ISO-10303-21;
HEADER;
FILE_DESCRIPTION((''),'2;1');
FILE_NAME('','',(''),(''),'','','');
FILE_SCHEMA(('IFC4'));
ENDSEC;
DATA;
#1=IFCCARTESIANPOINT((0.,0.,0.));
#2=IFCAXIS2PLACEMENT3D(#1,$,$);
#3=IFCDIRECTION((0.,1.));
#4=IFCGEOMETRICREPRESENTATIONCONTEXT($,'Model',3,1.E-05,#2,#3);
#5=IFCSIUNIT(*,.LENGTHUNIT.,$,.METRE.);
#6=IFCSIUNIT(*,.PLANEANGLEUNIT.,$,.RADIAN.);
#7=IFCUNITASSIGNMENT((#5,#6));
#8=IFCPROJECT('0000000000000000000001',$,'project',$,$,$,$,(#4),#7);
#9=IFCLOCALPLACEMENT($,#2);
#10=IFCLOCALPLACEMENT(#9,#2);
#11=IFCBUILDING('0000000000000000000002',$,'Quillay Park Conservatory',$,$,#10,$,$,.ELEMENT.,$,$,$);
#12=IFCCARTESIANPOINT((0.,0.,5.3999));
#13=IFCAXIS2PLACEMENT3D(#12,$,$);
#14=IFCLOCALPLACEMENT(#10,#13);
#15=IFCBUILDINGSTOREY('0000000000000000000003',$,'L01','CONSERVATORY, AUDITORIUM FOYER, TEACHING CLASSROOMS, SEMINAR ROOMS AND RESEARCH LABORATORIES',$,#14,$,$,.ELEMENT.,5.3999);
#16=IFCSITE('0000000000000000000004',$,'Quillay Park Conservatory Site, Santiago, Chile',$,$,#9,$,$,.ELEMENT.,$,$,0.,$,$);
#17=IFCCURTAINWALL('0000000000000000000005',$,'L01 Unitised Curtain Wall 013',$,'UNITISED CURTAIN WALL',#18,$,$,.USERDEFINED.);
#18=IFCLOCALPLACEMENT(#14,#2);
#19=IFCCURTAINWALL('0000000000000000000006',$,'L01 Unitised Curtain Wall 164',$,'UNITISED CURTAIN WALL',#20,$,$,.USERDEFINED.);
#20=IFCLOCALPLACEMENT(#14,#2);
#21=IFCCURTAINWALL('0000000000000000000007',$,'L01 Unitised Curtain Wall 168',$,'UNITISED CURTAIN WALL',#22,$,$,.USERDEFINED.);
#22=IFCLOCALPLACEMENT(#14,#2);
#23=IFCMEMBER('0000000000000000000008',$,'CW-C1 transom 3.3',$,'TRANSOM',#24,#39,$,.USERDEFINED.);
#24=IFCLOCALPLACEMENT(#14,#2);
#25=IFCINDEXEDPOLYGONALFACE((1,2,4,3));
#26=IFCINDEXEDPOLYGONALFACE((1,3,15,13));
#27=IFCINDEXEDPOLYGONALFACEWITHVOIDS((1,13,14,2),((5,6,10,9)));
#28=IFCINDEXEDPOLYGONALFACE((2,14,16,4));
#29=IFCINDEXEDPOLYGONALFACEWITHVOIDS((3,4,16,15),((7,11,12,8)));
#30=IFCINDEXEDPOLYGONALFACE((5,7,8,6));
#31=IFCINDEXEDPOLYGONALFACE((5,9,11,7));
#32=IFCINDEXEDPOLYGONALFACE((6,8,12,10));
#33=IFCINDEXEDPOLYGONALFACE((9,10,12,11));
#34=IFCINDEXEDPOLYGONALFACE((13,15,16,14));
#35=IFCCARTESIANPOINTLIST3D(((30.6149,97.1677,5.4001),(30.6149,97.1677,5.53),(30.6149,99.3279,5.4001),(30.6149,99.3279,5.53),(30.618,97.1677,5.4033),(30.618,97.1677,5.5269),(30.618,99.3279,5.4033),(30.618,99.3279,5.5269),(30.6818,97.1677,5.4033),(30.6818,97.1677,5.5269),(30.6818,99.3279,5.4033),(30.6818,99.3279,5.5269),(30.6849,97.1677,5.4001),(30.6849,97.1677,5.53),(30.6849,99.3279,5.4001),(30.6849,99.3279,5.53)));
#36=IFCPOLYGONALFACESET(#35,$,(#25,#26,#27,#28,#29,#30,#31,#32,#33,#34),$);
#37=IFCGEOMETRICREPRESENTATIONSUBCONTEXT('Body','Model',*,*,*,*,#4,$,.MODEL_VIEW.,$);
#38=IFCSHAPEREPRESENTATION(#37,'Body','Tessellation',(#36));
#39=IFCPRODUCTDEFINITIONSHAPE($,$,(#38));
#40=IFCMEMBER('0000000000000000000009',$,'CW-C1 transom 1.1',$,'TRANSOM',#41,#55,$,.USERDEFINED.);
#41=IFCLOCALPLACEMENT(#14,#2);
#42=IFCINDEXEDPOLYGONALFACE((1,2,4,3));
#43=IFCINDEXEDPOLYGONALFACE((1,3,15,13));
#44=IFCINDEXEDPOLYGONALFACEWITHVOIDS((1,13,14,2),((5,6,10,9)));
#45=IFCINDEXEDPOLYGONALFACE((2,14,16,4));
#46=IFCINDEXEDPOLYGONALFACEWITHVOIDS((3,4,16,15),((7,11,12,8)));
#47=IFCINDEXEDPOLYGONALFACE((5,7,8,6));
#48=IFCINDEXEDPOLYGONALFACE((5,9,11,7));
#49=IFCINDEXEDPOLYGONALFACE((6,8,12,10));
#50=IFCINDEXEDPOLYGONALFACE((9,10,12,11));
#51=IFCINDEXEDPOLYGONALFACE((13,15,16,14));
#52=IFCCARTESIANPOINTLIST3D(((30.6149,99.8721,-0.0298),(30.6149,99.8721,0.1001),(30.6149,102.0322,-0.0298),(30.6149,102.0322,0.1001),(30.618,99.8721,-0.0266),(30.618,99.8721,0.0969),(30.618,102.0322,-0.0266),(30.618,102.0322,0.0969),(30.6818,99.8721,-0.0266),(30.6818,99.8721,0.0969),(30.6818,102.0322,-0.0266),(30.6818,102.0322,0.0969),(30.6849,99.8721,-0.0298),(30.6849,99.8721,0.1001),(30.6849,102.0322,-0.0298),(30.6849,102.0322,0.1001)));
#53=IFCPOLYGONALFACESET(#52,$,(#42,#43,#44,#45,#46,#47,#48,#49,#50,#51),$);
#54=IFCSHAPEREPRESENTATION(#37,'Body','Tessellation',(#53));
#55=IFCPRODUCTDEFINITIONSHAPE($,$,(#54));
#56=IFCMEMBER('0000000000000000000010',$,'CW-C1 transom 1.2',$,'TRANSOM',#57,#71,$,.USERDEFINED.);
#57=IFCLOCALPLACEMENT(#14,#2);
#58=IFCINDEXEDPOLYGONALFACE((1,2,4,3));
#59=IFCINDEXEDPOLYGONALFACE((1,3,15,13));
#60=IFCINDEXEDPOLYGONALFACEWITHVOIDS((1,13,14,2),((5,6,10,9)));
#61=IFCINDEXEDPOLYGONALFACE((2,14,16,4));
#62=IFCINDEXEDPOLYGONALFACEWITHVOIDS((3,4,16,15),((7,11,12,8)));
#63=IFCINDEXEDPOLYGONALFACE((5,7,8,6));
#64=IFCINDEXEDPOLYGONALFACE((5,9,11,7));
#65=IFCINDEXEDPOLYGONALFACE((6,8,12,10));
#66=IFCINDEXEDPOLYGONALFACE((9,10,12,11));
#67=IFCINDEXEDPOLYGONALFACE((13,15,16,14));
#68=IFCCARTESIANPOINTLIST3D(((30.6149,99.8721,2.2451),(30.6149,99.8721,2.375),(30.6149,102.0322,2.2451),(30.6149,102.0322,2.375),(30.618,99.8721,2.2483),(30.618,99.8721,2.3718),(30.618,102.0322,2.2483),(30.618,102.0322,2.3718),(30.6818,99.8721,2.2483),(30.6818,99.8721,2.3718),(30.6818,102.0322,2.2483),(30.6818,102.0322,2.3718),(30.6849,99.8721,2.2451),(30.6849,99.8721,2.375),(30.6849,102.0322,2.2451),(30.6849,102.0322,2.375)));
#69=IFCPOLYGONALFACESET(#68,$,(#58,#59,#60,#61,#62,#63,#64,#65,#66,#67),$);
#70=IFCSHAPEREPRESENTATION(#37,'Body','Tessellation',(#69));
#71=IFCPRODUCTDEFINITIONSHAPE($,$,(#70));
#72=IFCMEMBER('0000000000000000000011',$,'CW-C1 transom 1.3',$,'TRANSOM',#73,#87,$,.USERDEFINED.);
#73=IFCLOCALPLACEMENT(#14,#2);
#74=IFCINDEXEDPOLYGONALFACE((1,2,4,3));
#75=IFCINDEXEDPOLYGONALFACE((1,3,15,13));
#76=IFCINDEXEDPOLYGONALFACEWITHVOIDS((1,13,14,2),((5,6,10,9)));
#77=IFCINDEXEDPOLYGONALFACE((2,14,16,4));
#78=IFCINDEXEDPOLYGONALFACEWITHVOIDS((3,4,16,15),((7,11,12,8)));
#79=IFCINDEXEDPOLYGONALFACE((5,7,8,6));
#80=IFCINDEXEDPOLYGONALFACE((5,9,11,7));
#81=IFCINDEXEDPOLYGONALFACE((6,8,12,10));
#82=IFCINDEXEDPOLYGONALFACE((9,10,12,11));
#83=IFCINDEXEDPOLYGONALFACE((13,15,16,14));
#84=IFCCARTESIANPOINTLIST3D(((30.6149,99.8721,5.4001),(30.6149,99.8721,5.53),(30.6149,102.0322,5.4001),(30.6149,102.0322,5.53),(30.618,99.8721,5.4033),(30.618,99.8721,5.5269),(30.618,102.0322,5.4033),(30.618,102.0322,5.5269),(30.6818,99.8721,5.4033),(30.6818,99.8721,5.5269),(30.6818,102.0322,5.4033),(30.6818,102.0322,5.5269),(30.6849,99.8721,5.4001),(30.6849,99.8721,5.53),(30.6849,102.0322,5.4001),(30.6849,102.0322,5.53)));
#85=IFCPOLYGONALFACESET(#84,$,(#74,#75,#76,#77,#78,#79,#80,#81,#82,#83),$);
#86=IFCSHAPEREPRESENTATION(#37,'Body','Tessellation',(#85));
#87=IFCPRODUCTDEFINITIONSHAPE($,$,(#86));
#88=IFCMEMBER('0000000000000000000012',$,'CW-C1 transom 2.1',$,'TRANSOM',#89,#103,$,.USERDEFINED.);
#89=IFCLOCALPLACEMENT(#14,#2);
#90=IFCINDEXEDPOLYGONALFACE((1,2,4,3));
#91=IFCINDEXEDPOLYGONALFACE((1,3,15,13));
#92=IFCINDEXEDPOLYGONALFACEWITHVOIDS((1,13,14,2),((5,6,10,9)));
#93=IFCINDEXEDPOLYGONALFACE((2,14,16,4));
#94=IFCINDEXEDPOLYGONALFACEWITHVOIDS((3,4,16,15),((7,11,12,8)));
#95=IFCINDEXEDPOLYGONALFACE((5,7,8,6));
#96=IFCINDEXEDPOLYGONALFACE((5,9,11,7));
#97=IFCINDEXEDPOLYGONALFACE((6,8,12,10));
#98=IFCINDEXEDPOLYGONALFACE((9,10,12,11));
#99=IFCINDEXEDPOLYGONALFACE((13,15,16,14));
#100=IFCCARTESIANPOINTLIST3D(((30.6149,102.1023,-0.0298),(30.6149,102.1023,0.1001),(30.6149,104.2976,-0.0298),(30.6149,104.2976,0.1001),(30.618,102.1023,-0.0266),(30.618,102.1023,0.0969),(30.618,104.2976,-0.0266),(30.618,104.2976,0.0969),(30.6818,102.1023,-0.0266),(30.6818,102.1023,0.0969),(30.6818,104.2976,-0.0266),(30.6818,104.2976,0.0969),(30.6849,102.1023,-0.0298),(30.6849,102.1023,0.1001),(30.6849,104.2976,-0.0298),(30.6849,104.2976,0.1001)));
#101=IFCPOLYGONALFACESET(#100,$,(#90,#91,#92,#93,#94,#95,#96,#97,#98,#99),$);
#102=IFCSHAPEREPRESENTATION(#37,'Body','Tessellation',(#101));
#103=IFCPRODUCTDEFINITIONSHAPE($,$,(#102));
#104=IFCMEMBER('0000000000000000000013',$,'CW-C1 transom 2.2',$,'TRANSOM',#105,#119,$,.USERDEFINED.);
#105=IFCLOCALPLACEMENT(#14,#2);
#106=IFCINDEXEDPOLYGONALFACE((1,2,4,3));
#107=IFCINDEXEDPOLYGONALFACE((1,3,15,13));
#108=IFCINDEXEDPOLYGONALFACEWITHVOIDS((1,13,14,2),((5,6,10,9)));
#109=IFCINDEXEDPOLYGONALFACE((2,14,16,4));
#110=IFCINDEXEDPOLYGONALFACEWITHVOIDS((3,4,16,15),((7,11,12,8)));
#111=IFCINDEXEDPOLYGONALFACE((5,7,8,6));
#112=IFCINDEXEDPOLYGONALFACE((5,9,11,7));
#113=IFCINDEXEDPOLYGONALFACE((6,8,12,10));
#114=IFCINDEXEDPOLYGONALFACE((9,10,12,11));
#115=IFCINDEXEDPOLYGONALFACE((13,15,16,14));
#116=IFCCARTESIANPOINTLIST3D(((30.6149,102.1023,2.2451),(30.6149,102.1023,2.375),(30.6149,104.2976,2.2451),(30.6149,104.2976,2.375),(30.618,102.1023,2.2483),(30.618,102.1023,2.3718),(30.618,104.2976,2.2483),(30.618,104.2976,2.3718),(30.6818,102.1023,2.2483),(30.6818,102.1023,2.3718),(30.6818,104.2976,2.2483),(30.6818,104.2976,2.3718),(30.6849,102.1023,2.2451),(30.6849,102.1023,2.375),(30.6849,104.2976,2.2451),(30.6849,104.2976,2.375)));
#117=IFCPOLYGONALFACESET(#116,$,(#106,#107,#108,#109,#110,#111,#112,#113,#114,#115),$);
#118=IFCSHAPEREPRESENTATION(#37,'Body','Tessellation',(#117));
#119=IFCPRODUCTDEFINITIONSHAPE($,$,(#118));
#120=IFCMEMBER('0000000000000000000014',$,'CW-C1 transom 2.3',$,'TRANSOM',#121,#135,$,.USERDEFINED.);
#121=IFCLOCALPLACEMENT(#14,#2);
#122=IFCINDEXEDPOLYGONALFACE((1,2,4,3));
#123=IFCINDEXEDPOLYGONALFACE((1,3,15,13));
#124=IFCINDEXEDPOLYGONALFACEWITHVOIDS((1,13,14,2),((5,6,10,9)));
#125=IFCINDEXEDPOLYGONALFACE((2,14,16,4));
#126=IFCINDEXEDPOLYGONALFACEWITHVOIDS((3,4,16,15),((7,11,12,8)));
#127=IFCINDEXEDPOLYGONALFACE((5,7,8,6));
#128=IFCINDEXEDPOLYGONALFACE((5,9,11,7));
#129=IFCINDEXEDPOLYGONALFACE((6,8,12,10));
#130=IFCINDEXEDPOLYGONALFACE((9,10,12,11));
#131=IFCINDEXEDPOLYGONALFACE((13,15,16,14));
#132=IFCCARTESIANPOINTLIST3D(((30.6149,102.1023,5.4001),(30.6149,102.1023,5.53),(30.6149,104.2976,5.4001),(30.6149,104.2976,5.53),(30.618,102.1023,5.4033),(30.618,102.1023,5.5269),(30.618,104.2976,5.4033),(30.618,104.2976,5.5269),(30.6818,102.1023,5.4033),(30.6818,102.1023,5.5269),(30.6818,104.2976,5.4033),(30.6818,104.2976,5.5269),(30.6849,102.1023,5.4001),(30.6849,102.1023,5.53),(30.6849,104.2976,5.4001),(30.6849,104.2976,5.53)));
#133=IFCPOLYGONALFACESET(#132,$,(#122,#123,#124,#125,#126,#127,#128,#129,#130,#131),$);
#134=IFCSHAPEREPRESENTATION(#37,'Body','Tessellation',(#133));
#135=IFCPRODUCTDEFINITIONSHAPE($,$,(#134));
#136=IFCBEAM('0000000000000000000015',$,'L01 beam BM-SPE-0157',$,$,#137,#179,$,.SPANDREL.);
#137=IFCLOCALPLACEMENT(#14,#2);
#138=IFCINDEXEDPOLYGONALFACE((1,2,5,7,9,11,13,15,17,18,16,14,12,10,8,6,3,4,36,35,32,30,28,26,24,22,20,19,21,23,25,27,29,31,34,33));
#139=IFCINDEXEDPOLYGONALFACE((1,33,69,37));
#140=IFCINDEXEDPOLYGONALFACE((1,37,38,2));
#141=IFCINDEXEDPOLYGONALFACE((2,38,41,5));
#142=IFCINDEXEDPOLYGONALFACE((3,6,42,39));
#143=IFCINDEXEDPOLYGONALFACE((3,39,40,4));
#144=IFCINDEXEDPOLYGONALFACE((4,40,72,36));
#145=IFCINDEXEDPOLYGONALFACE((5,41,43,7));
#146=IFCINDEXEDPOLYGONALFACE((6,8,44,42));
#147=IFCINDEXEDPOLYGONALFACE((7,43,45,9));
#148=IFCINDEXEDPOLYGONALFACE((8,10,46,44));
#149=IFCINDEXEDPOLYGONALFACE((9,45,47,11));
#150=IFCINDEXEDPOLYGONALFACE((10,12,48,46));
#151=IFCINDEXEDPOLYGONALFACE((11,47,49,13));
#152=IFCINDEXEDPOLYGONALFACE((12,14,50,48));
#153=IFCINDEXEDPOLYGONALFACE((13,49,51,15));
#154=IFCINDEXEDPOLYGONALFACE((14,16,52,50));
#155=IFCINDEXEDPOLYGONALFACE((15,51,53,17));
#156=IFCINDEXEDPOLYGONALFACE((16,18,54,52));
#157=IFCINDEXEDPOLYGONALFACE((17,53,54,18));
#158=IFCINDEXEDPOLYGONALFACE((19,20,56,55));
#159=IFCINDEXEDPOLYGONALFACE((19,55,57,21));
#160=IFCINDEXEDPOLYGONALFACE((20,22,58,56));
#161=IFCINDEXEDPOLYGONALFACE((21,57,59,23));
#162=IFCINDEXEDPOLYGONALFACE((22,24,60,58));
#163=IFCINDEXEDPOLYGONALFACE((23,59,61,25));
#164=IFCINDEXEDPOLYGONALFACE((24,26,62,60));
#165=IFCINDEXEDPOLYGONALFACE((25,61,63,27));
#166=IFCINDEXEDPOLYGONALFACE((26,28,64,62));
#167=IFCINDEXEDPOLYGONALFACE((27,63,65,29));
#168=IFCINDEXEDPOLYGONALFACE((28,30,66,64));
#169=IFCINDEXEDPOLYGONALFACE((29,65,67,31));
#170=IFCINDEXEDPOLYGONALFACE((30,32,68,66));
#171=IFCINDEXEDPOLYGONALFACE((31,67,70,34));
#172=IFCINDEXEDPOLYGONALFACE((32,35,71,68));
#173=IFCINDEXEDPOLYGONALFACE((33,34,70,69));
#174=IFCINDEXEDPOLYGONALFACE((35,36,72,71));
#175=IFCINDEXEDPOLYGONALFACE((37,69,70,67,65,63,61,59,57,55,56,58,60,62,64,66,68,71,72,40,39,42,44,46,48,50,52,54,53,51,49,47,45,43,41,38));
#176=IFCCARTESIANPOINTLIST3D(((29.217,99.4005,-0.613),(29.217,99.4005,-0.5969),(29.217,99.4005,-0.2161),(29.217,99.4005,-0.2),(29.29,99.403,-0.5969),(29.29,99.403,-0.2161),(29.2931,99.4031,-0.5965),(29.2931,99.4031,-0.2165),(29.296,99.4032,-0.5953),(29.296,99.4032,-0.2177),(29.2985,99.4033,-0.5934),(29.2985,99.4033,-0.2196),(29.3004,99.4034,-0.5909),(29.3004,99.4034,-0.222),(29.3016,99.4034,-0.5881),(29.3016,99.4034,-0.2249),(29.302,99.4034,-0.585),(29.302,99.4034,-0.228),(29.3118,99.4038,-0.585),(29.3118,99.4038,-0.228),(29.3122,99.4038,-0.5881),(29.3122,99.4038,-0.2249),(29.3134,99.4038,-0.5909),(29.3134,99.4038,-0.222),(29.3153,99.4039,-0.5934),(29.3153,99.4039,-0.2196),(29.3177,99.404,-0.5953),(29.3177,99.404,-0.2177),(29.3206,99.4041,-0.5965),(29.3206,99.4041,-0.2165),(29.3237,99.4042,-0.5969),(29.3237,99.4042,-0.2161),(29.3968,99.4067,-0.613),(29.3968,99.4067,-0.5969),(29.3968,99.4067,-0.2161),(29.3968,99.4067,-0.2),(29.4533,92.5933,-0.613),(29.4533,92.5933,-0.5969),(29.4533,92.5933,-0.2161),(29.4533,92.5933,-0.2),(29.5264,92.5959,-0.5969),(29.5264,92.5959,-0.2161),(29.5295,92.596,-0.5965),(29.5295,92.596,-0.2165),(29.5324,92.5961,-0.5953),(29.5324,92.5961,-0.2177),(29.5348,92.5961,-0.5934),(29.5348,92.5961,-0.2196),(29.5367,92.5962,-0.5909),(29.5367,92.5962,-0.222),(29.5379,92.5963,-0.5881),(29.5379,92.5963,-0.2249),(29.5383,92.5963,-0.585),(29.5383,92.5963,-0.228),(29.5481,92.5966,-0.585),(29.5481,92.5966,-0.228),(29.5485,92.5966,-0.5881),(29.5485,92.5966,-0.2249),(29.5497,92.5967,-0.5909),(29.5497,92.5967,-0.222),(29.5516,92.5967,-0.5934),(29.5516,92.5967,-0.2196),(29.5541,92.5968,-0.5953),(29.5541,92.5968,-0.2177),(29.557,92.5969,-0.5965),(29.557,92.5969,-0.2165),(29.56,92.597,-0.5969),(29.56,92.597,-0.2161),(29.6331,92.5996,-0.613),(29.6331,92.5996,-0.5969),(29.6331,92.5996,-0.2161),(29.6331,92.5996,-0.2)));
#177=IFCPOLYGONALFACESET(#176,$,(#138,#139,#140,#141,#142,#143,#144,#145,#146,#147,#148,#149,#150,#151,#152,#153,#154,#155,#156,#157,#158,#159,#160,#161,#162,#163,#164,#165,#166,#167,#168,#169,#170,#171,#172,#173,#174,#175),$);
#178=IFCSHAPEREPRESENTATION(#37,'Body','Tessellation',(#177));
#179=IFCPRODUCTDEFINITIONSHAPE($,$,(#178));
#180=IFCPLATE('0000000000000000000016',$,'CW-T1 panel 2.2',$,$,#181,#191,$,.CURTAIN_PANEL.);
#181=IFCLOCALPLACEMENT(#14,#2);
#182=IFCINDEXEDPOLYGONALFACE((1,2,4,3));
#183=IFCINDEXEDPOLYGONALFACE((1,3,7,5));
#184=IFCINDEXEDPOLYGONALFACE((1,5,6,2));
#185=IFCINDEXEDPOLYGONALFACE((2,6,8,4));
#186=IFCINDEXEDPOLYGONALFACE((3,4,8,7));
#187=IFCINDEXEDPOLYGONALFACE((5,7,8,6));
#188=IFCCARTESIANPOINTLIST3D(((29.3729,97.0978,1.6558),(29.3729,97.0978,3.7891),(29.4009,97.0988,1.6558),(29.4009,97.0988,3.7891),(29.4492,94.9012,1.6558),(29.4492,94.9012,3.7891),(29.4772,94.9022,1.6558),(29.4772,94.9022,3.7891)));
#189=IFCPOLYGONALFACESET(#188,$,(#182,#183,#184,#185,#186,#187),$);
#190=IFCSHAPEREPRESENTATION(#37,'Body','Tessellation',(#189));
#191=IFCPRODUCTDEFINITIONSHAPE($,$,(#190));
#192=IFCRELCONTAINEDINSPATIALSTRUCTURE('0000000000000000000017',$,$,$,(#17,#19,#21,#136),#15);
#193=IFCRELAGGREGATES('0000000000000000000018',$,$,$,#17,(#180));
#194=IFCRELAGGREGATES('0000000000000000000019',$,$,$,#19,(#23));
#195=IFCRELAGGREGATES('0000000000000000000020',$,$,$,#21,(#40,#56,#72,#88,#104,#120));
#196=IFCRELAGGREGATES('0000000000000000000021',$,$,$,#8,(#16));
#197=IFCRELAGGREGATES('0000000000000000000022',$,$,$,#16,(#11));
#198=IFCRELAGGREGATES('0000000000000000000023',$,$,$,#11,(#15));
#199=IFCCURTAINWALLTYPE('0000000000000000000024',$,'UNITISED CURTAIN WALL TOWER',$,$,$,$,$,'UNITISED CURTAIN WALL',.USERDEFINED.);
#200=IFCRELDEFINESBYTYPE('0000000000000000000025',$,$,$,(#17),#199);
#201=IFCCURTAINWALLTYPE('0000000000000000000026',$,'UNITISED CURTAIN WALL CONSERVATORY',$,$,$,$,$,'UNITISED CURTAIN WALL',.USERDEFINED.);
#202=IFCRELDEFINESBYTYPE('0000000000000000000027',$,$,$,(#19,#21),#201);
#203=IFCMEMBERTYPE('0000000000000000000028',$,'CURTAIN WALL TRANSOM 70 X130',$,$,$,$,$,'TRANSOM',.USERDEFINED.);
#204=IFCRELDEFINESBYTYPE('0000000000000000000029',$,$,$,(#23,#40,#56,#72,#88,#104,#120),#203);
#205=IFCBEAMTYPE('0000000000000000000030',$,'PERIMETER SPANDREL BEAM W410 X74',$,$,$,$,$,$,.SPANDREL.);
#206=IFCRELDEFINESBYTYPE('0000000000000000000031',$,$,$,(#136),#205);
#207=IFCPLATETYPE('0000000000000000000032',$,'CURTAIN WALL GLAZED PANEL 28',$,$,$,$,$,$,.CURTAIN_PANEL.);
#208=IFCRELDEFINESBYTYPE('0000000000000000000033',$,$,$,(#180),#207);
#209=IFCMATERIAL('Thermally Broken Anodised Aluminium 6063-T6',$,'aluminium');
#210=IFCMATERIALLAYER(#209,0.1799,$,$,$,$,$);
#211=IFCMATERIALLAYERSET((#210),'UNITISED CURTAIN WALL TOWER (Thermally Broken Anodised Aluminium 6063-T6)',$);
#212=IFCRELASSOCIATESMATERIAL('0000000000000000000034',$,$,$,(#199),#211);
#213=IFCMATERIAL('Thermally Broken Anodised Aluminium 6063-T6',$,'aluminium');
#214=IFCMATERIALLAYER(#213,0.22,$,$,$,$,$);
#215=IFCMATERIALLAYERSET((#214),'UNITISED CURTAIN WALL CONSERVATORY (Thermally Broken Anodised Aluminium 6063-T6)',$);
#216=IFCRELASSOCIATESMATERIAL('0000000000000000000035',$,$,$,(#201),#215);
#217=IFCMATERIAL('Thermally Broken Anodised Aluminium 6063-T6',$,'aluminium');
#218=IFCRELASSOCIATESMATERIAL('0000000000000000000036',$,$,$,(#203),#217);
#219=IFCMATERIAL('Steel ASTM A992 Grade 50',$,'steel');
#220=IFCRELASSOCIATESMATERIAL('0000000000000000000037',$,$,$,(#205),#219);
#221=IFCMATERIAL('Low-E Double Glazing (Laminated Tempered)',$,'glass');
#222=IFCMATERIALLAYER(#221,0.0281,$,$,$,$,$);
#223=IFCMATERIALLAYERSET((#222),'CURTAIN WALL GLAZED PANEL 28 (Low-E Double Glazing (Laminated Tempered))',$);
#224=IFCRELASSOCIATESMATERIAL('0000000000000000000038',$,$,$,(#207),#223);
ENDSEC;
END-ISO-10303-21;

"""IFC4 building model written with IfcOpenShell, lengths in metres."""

from ifc_helpers import new_model, si_unit, direction, frame, origin, origin_2d, place, context, subcontext, project, spatial, rectangle, hollow_rectangle, i_section, extrude, material, layer, layer_set, material_profile, profile_set, type_object, element, aggregate, save


model = new_model("IFC4")

# Units and contexts
model_context = context("Model", 3, precision=1e-05, world=origin(), true_north=direction((0.0, 1.0)))
body_context = subcontext(model_context, "Body", "Model", "MODEL_VIEW")
ifc_project = project(units=[si_unit("LENGTHUNIT", "METRE"), si_unit("PLANEANGLEUNIT", "RADIAN")], contexts=[model_context])

# Site, building, storey
site_placement = place(None, origin())
site = spatial("IfcSite", under=ifc_project, at=site_placement, Name="Quillay Park Conservatory Site, Santiago, Chile", CompositionType="ELEMENT", RefElevation=0.0)
building_placement = place(site_placement, origin())
building = spatial("IfcBuilding", under=site, at=building_placement, Name="Quillay Park Conservatory", CompositionType="ELEMENT")
storey_placement = place(building_placement, frame((0.0, 0.0, 5.3999)))
storey = spatial("IfcBuildingStorey", under=building, at=storey_placement, Name="L01", Description="CONSERVATORY, AUDITORIUM FOYER, TEACHING CLASSROOMS, SEMINAR ROOMS AND RESEARCH LABORATORIES", CompositionType="ELEMENT", Elevation=5.3999)

# Curtain walls
ifc_material_1 = material(Name="Thermally Broken Anodised Aluminium 6063-T6", Category="aluminium")
ifc_layer_1 = layer(ifc_material_1, 0.1799)
ifc_layer_set_1 = layer_set([ifc_layer_1], Name="UNITISED CURTAIN WALL TOWER (Thermally Broken Anodised Aluminium 6063-T6)")
curtain_wall_type_1 = type_object("IfcCurtainWallType", Name="UNITISED CURTAIN WALL TOWER", ElementType="UNITISED CURTAIN WALL", PredefinedType="USERDEFINED", material=ifc_layer_set_1)
curtain_wall_1_placement = place(storey_placement, origin())
curtain_wall_1 = element("IfcCurtainWall", 1, at=curtain_wall_1_placement, inside=storey, type_object=curtain_wall_type_1, Name="L01 Unitised Curtain Wall 013", ObjectType="UNITISED CURTAIN WALL", PredefinedType="USERDEFINED")
ifc_material_2 = material(Name="Thermally Broken Anodised Aluminium 6063-T6", Category="aluminium")
ifc_layer_2 = layer(ifc_material_2, 0.22)
ifc_layer_set_2 = layer_set([ifc_layer_2], Name="UNITISED CURTAIN WALL CONSERVATORY (Thermally Broken Anodised Aluminium 6063-T6)")
curtain_wall_type_2 = type_object("IfcCurtainWallType", Name="UNITISED CURTAIN WALL CONSERVATORY", ElementType="UNITISED CURTAIN WALL", PredefinedType="USERDEFINED", material=ifc_layer_set_2)
curtain_wall_2_placement = place(storey_placement, origin())
curtain_wall_2 = element("IfcCurtainWall", 2, at=curtain_wall_2_placement, inside=storey, type_object=curtain_wall_type_2, Name="L01 Unitised Curtain Wall 164", ObjectType="UNITISED CURTAIN WALL", PredefinedType="USERDEFINED")
curtain_wall_3_placement = place(storey_placement, origin())
curtain_wall_3 = element("IfcCurtainWall", 3, at=curtain_wall_3_placement, inside=storey, type_object=curtain_wall_type_2, Name="L01 Unitised Curtain Wall 168", ObjectType="UNITISED CURTAIN WALL", PredefinedType="USERDEFINED")

# Members
ifc_material_3 = material(Name="Thermally Broken Anodised Aluminium 6063-T6", Category="aluminium")
ifc_material_profile_1 = material_profile(ifc_material_3, hollow_rectangle(XDim=0.0701, YDim=0.1299, WallThickness=0.0032, at=origin_2d()), Name="AL70x130x3.2")
ifc_profile_set_1 = profile_set([ifc_material_profile_1], Name="Thermally Broken Anodised Aluminium 6063-T6")
member_type_1 = type_object("IfcMemberType", Name="CURTAIN WALL TRANSOM 70 X130", ElementType="TRANSOM", PredefinedType="USERDEFINED", material=ifc_profile_set_1)
member_1_placement = place(storey_placement, frame((30.6499, 97.1677, 5.4651), z_axis=(0.0, 1.0, 0.0), x_axis=(-1.0, 0.0, 0.0)))
member_1 = element("IfcMember", 4, at=member_1_placement, type_object=member_type_1, Name="CW-C1 transom 3.3", ObjectType="TRANSOM", PredefinedType="USERDEFINED", context=body_context, shape_type="SweptSolid", body=[
    extrude(hollow_rectangle(XDim=0.0701, YDim=0.1299, WallThickness=0.0032, at=origin_2d()), origin(), (0.0, 0.0, 1.0), 2.1602),
])
member_2_placement = place(storey_placement, frame((30.6499, 99.8721, 0.0352), z_axis=(0.0, 1.0, 0.0), x_axis=(-1.0, 0.0, 0.0)))
member_2 = element("IfcMember", 5, at=member_2_placement, type_object=member_type_1, Name="CW-C1 transom 1.1", ObjectType="TRANSOM", PredefinedType="USERDEFINED", context=body_context, shape_type="SweptSolid", body=[
    extrude(hollow_rectangle(XDim=0.0701, YDim=0.1299, WallThickness=0.0032, at=origin_2d()), origin(), (0.0, 0.0, 1.0), 2.1602),
])
member_3_placement = place(storey_placement, frame((30.6499, 99.8721, 2.3101), z_axis=(0.0, 1.0, 0.0), x_axis=(-1.0, 0.0, 0.0)))
member_3 = element("IfcMember", 6, at=member_3_placement, type_object=member_type_1, Name="CW-C1 transom 1.2", ObjectType="TRANSOM", PredefinedType="USERDEFINED", context=body_context, shape_type="SweptSolid", body=[
    extrude(hollow_rectangle(XDim=0.0701, YDim=0.1299, WallThickness=0.0032, at=origin_2d()), origin(), (0.0, 0.0, 1.0), 2.1602),
])
member_4_placement = place(storey_placement, frame((30.6499, 99.8721, 5.4651), z_axis=(0.0, 1.0, 0.0), x_axis=(-1.0, 0.0, 0.0)))
member_4 = element("IfcMember", 7, at=member_4_placement, type_object=member_type_1, Name="CW-C1 transom 1.3", ObjectType="TRANSOM", PredefinedType="USERDEFINED", context=body_context, shape_type="SweptSolid", body=[
    extrude(hollow_rectangle(XDim=0.0701, YDim=0.1299, WallThickness=0.0032, at=origin_2d()), origin(), (0.0, 0.0, 1.0), 2.1602),
])
member_5_placement = place(storey_placement, frame((30.6499, 102.1023, 0.0352), z_axis=(0.0, 1.0, 0.0), x_axis=(-1.0, 0.0, 0.0)))
member_5 = element("IfcMember", 8, at=member_5_placement, type_object=member_type_1, Name="CW-C1 transom 2.1", ObjectType="TRANSOM", PredefinedType="USERDEFINED", context=body_context, shape_type="SweptSolid", body=[
    extrude(hollow_rectangle(XDim=0.0701, YDim=0.1299, WallThickness=0.0032, at=origin_2d()), origin(), (0.0, 0.0, 1.0), 2.1953),
])
member_6_placement = place(storey_placement, frame((30.6499, 102.1023, 2.3101), z_axis=(0.0, 1.0, 0.0), x_axis=(-1.0, 0.0, 0.0)))
member_6 = element("IfcMember", 9, at=member_6_placement, type_object=member_type_1, Name="CW-C1 transom 2.2", ObjectType="TRANSOM", PredefinedType="USERDEFINED", context=body_context, shape_type="SweptSolid", body=[
    extrude(hollow_rectangle(XDim=0.0701, YDim=0.1299, WallThickness=0.0032, at=origin_2d()), origin(), (0.0, 0.0, 1.0), 2.1953),
])
member_7_placement = place(storey_placement, frame((30.6499, 102.1023, 5.4651), z_axis=(0.0, 1.0, 0.0), x_axis=(-1.0, 0.0, 0.0)))
member_7 = element("IfcMember", 10, at=member_7_placement, type_object=member_type_1, Name="CW-C1 transom 2.3", ObjectType="TRANSOM", PredefinedType="USERDEFINED", context=body_context, shape_type="SweptSolid", body=[
    extrude(hollow_rectangle(XDim=0.0701, YDim=0.1299, WallThickness=0.0032, at=origin_2d()), origin(), (0.0, 0.0, 1.0), 2.1953),
])

# Beam
ifc_material_4 = material(Name="Steel ASTM A992 Grade 50", Category="steel")
ifc_material_profile_2 = material_profile(ifc_material_4, i_section(OverallWidth=0.1799, OverallDepth=0.4131, WebThickness=0.0098, FlangeThickness=0.0161, FilletRadius=0.012, at=origin_2d()), Name="W410x74")
ifc_profile_set_2 = profile_set([ifc_material_profile_2], Name="Steel ASTM A992 Grade 50")
beam_type = type_object("IfcBeamType", Name="PERIMETER SPANDREL BEAM W410 X74", PredefinedType="SPANDREL", material=ifc_profile_set_2)
beam_placement = place(storey_placement, frame((29.5432, 92.5964, -0.4065), z_axis=(-0.034697, 0.999398, 0.0), x_axis=(-0.999398, -0.034697, 0.0)))
element("IfcBeam", 11, at=beam_placement, inside=storey, type_object=beam_type, Name="L01 beam BM-SPE-0157", PredefinedType="SPANDREL", context=body_context, shape_type="SweptSolid", body=[
    extrude(i_section(OverallWidth=0.1799, OverallDepth=0.4131, WebThickness=0.0098, FlangeThickness=0.0161, FilletRadius=0.012, at=origin_2d()), origin(), (0.0, 0.0, 1.0), 6.8113),
])

# Plate
ifc_material_5 = material(Name="Low-E Double Glazing (Laminated Tempered)", Category="glass")
ifc_layer_3 = layer(ifc_material_5, 0.0281)
ifc_layer_set_3 = layer_set([ifc_layer_3], Name="CURTAIN WALL GLAZED PANEL 28 (Low-E Double Glazing (Laminated Tempered))")
plate_type_1 = type_object("IfcPlateType", Name="CURTAIN WALL GLAZED PANEL 28", PredefinedType="CURTAIN_PANEL", material=ifc_layer_set_3)
plate_1_placement = place(storey_placement, frame((29.425, 96.0, 1.6558), z_axis=(0.0, 0.0, 1.0), x_axis=(0.034713, -0.999397, 0.0)))
plate_1 = element("IfcPlate", 12, at=plate_1_placement, type_object=plate_type_1, Name="CW-T1 panel 2.2", PredefinedType="CURTAIN_PANEL", context=body_context, shape_type="SweptSolid", body=[
    extrude(rectangle(XDim=2.198, YDim=0.0281, at=origin_2d()), origin(), (0.0, 0.0, 1.0), 2.1333),
])
aggregate(curtain_wall_1, [plate_1])
aggregate(curtain_wall_2, [member_1])
aggregate(curtain_wall_3, [member_2, member_3, member_4, member_5, member_6, member_7])

save(model, "model.ifc")
